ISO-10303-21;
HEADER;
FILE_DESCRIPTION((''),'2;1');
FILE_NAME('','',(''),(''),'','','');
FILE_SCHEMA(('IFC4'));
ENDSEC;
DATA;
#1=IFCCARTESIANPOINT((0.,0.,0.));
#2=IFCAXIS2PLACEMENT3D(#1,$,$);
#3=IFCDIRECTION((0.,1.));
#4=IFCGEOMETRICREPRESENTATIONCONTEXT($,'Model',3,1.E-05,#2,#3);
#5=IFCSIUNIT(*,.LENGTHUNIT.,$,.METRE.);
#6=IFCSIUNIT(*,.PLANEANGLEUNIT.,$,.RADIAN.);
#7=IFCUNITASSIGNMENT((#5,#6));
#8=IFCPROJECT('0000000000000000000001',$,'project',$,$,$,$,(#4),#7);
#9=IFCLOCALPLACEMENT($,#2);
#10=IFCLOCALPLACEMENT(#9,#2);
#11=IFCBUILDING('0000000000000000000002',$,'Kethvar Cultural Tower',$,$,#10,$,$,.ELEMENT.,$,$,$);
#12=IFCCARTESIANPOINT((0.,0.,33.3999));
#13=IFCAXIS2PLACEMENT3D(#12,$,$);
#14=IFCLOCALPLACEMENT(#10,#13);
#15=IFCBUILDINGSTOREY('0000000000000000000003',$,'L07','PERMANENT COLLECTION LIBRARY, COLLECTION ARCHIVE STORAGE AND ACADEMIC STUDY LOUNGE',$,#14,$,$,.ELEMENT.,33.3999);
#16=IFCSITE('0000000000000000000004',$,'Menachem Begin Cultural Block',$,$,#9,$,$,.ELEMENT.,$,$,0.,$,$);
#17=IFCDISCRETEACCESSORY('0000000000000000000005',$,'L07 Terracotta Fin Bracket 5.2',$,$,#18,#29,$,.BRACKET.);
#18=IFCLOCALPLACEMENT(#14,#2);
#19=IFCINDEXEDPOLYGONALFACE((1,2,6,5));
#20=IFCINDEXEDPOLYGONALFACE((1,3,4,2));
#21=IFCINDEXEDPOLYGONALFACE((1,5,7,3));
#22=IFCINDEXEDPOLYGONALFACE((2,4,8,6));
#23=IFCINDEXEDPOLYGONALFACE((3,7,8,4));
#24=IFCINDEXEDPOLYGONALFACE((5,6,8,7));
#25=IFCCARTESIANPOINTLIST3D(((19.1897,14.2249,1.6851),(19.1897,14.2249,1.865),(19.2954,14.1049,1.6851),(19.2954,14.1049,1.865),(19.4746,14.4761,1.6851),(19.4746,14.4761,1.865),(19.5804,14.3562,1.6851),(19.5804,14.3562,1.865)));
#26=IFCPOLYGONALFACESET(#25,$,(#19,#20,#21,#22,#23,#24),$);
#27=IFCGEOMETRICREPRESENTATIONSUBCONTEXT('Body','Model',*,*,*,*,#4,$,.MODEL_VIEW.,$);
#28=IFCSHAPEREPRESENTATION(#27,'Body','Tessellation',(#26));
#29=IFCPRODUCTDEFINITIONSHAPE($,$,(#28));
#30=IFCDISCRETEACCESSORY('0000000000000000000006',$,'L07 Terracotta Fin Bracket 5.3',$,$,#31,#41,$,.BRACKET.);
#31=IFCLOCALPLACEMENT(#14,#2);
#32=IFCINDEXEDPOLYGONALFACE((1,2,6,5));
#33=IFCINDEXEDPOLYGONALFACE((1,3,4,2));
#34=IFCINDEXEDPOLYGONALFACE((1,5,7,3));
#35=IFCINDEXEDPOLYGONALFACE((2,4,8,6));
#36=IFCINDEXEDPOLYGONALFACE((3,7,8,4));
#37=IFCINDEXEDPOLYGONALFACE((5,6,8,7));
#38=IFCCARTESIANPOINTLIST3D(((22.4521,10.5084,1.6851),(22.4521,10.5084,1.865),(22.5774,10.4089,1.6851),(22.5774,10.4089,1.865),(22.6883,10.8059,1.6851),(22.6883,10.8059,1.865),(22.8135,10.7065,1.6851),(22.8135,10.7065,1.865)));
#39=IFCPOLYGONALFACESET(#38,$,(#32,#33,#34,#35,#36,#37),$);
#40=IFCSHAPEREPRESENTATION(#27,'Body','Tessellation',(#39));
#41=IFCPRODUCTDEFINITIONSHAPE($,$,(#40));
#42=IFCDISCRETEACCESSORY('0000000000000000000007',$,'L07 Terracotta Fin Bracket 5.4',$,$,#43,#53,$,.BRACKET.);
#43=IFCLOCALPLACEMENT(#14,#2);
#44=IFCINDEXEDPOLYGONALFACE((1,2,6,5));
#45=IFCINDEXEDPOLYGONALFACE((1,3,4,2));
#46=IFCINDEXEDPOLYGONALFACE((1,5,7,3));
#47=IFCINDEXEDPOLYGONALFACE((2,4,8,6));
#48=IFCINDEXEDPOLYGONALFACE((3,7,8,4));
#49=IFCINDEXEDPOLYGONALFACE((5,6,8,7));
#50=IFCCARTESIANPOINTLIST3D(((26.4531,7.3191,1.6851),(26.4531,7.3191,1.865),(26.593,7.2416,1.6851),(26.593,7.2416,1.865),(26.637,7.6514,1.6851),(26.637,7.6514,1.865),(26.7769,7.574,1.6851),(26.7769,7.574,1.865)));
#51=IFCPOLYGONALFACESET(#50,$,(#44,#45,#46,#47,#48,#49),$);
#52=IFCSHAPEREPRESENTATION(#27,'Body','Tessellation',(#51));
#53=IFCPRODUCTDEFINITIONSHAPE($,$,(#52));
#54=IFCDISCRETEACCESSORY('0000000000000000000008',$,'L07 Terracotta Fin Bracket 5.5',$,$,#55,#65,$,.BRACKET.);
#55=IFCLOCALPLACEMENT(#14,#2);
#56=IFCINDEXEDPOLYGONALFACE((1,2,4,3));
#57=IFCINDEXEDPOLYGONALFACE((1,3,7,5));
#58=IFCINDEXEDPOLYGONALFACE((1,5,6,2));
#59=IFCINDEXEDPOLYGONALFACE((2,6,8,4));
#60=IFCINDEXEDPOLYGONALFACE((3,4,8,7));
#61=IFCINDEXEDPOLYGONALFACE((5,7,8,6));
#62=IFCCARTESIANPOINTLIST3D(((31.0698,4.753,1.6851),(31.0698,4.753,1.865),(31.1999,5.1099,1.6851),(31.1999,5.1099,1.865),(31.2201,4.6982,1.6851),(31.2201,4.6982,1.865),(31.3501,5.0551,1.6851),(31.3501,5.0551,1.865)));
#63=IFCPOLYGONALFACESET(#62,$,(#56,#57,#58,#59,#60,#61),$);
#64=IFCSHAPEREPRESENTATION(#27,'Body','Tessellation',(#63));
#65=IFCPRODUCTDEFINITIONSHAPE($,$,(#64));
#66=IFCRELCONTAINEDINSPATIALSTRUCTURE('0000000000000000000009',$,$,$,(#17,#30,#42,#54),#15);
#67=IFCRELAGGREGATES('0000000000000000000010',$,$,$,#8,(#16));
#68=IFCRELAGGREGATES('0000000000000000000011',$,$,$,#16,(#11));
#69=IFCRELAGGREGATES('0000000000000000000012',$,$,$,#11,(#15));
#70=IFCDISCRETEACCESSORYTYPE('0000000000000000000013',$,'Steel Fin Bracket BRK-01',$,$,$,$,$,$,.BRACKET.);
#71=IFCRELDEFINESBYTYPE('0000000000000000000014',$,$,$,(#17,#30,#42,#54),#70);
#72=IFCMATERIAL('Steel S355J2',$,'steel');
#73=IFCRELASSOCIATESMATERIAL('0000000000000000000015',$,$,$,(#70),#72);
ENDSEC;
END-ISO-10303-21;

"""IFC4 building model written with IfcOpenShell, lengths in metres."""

from ifc_helpers import new_model, si_unit, direction, frame, origin, origin_2d, place, context, subcontext, project, spatial, rectangle, extrude, source, transform, mapped, material, type_object, element, save


model = new_model("IFC4")

# Units and contexts
model_context = context("Model", 3, precision=1e-05, world=origin(), true_north=direction((0.0, 1.0)))
body_context = subcontext(model_context, "Body", "Model", "MODEL_VIEW")
ifc_project = project(units=[si_unit("LENGTHUNIT", "METRE"), si_unit("PLANEANGLEUNIT", "RADIAN")], contexts=[model_context])

# Site, building, storey
site_placement = place(None, origin())
site = spatial("IfcSite", under=ifc_project, at=site_placement, Name="Menachem Begin Cultural Block", CompositionType="ELEMENT", RefElevation=0.0)
building_placement = place(site_placement, origin())
building = spatial("IfcBuilding", under=site, at=building_placement, Name="Kethvar Cultural Tower", CompositionType="ELEMENT")
storey_placement = place(building_placement, frame((0.0, 0.0, 33.3999)))
storey = spatial("IfcBuildingStorey", under=building, at=storey_placement, Name="L07", Description="PERMANENT COLLECTION LIBRARY, COLLECTION ARCHIVE STORAGE AND ACADEMIC STUDY LOUNGE", CompositionType="ELEMENT", Elevation=33.3999)

# Shared definitions
ifc_material_1 = material(Name="Steel S355J2", Category="steel")

# Discrete accessories
discrete_accessory_type = type_object("IfcDiscreteAccessoryType", Name="Steel Fin Bracket BRK-01", PredefinedType="BRACKET", material=ifc_material_1)
shared_shape_1 = source(origin(), body_context, "Body", "SweptSolid", [
    extrude(rectangle(XDim=0.3799, YDim=0.1599, at=origin_2d()), origin(), (0.0, 0.0, 1.0), 0.1799),
])
for number, where, z_axis, x_axis, name in (
    (1, (19.385, 14.2905, 1.6851), (0.0, 0.0, 1.0), (-0.750111, -0.661312, 0.0), "L07 Terracotta Fin Bracket 5.2"),
    (2, (22.6328, 10.6074, 1.6851), (0.0, 0.0, 1.0), (-0.621695, -0.78326, 0.0), "L07 Terracotta Fin Bracket 5.3"),
    (3, (26.615, 7.4465, 1.6851), (0.0, 0.0, 1.0), (-0.484199, -0.874958, 0.0), "L07 Terracotta Fin Bracket 5.4"),
    (4, (31.21, 4.9041, 1.6851), (0.0, 0.0, 1.0), (-0.342348, -0.939573, 0.0), "L07 Terracotta Fin Bracket 5.5"),
):
    element("IfcDiscreteAccessory", number, at=place(storey_placement, frame(where, z_axis=z_axis, x_axis=x_axis)), inside=storey, type_object=discrete_accessory_type, Name=name, PredefinedType="BRACKET", context=body_context, shape_type="MappedRepresentation", body=[
        mapped(shared_shape_1, transform((0.0, 0.0, 0.0), scale=1.0)),
    ])

save(model, "model.ifc")
